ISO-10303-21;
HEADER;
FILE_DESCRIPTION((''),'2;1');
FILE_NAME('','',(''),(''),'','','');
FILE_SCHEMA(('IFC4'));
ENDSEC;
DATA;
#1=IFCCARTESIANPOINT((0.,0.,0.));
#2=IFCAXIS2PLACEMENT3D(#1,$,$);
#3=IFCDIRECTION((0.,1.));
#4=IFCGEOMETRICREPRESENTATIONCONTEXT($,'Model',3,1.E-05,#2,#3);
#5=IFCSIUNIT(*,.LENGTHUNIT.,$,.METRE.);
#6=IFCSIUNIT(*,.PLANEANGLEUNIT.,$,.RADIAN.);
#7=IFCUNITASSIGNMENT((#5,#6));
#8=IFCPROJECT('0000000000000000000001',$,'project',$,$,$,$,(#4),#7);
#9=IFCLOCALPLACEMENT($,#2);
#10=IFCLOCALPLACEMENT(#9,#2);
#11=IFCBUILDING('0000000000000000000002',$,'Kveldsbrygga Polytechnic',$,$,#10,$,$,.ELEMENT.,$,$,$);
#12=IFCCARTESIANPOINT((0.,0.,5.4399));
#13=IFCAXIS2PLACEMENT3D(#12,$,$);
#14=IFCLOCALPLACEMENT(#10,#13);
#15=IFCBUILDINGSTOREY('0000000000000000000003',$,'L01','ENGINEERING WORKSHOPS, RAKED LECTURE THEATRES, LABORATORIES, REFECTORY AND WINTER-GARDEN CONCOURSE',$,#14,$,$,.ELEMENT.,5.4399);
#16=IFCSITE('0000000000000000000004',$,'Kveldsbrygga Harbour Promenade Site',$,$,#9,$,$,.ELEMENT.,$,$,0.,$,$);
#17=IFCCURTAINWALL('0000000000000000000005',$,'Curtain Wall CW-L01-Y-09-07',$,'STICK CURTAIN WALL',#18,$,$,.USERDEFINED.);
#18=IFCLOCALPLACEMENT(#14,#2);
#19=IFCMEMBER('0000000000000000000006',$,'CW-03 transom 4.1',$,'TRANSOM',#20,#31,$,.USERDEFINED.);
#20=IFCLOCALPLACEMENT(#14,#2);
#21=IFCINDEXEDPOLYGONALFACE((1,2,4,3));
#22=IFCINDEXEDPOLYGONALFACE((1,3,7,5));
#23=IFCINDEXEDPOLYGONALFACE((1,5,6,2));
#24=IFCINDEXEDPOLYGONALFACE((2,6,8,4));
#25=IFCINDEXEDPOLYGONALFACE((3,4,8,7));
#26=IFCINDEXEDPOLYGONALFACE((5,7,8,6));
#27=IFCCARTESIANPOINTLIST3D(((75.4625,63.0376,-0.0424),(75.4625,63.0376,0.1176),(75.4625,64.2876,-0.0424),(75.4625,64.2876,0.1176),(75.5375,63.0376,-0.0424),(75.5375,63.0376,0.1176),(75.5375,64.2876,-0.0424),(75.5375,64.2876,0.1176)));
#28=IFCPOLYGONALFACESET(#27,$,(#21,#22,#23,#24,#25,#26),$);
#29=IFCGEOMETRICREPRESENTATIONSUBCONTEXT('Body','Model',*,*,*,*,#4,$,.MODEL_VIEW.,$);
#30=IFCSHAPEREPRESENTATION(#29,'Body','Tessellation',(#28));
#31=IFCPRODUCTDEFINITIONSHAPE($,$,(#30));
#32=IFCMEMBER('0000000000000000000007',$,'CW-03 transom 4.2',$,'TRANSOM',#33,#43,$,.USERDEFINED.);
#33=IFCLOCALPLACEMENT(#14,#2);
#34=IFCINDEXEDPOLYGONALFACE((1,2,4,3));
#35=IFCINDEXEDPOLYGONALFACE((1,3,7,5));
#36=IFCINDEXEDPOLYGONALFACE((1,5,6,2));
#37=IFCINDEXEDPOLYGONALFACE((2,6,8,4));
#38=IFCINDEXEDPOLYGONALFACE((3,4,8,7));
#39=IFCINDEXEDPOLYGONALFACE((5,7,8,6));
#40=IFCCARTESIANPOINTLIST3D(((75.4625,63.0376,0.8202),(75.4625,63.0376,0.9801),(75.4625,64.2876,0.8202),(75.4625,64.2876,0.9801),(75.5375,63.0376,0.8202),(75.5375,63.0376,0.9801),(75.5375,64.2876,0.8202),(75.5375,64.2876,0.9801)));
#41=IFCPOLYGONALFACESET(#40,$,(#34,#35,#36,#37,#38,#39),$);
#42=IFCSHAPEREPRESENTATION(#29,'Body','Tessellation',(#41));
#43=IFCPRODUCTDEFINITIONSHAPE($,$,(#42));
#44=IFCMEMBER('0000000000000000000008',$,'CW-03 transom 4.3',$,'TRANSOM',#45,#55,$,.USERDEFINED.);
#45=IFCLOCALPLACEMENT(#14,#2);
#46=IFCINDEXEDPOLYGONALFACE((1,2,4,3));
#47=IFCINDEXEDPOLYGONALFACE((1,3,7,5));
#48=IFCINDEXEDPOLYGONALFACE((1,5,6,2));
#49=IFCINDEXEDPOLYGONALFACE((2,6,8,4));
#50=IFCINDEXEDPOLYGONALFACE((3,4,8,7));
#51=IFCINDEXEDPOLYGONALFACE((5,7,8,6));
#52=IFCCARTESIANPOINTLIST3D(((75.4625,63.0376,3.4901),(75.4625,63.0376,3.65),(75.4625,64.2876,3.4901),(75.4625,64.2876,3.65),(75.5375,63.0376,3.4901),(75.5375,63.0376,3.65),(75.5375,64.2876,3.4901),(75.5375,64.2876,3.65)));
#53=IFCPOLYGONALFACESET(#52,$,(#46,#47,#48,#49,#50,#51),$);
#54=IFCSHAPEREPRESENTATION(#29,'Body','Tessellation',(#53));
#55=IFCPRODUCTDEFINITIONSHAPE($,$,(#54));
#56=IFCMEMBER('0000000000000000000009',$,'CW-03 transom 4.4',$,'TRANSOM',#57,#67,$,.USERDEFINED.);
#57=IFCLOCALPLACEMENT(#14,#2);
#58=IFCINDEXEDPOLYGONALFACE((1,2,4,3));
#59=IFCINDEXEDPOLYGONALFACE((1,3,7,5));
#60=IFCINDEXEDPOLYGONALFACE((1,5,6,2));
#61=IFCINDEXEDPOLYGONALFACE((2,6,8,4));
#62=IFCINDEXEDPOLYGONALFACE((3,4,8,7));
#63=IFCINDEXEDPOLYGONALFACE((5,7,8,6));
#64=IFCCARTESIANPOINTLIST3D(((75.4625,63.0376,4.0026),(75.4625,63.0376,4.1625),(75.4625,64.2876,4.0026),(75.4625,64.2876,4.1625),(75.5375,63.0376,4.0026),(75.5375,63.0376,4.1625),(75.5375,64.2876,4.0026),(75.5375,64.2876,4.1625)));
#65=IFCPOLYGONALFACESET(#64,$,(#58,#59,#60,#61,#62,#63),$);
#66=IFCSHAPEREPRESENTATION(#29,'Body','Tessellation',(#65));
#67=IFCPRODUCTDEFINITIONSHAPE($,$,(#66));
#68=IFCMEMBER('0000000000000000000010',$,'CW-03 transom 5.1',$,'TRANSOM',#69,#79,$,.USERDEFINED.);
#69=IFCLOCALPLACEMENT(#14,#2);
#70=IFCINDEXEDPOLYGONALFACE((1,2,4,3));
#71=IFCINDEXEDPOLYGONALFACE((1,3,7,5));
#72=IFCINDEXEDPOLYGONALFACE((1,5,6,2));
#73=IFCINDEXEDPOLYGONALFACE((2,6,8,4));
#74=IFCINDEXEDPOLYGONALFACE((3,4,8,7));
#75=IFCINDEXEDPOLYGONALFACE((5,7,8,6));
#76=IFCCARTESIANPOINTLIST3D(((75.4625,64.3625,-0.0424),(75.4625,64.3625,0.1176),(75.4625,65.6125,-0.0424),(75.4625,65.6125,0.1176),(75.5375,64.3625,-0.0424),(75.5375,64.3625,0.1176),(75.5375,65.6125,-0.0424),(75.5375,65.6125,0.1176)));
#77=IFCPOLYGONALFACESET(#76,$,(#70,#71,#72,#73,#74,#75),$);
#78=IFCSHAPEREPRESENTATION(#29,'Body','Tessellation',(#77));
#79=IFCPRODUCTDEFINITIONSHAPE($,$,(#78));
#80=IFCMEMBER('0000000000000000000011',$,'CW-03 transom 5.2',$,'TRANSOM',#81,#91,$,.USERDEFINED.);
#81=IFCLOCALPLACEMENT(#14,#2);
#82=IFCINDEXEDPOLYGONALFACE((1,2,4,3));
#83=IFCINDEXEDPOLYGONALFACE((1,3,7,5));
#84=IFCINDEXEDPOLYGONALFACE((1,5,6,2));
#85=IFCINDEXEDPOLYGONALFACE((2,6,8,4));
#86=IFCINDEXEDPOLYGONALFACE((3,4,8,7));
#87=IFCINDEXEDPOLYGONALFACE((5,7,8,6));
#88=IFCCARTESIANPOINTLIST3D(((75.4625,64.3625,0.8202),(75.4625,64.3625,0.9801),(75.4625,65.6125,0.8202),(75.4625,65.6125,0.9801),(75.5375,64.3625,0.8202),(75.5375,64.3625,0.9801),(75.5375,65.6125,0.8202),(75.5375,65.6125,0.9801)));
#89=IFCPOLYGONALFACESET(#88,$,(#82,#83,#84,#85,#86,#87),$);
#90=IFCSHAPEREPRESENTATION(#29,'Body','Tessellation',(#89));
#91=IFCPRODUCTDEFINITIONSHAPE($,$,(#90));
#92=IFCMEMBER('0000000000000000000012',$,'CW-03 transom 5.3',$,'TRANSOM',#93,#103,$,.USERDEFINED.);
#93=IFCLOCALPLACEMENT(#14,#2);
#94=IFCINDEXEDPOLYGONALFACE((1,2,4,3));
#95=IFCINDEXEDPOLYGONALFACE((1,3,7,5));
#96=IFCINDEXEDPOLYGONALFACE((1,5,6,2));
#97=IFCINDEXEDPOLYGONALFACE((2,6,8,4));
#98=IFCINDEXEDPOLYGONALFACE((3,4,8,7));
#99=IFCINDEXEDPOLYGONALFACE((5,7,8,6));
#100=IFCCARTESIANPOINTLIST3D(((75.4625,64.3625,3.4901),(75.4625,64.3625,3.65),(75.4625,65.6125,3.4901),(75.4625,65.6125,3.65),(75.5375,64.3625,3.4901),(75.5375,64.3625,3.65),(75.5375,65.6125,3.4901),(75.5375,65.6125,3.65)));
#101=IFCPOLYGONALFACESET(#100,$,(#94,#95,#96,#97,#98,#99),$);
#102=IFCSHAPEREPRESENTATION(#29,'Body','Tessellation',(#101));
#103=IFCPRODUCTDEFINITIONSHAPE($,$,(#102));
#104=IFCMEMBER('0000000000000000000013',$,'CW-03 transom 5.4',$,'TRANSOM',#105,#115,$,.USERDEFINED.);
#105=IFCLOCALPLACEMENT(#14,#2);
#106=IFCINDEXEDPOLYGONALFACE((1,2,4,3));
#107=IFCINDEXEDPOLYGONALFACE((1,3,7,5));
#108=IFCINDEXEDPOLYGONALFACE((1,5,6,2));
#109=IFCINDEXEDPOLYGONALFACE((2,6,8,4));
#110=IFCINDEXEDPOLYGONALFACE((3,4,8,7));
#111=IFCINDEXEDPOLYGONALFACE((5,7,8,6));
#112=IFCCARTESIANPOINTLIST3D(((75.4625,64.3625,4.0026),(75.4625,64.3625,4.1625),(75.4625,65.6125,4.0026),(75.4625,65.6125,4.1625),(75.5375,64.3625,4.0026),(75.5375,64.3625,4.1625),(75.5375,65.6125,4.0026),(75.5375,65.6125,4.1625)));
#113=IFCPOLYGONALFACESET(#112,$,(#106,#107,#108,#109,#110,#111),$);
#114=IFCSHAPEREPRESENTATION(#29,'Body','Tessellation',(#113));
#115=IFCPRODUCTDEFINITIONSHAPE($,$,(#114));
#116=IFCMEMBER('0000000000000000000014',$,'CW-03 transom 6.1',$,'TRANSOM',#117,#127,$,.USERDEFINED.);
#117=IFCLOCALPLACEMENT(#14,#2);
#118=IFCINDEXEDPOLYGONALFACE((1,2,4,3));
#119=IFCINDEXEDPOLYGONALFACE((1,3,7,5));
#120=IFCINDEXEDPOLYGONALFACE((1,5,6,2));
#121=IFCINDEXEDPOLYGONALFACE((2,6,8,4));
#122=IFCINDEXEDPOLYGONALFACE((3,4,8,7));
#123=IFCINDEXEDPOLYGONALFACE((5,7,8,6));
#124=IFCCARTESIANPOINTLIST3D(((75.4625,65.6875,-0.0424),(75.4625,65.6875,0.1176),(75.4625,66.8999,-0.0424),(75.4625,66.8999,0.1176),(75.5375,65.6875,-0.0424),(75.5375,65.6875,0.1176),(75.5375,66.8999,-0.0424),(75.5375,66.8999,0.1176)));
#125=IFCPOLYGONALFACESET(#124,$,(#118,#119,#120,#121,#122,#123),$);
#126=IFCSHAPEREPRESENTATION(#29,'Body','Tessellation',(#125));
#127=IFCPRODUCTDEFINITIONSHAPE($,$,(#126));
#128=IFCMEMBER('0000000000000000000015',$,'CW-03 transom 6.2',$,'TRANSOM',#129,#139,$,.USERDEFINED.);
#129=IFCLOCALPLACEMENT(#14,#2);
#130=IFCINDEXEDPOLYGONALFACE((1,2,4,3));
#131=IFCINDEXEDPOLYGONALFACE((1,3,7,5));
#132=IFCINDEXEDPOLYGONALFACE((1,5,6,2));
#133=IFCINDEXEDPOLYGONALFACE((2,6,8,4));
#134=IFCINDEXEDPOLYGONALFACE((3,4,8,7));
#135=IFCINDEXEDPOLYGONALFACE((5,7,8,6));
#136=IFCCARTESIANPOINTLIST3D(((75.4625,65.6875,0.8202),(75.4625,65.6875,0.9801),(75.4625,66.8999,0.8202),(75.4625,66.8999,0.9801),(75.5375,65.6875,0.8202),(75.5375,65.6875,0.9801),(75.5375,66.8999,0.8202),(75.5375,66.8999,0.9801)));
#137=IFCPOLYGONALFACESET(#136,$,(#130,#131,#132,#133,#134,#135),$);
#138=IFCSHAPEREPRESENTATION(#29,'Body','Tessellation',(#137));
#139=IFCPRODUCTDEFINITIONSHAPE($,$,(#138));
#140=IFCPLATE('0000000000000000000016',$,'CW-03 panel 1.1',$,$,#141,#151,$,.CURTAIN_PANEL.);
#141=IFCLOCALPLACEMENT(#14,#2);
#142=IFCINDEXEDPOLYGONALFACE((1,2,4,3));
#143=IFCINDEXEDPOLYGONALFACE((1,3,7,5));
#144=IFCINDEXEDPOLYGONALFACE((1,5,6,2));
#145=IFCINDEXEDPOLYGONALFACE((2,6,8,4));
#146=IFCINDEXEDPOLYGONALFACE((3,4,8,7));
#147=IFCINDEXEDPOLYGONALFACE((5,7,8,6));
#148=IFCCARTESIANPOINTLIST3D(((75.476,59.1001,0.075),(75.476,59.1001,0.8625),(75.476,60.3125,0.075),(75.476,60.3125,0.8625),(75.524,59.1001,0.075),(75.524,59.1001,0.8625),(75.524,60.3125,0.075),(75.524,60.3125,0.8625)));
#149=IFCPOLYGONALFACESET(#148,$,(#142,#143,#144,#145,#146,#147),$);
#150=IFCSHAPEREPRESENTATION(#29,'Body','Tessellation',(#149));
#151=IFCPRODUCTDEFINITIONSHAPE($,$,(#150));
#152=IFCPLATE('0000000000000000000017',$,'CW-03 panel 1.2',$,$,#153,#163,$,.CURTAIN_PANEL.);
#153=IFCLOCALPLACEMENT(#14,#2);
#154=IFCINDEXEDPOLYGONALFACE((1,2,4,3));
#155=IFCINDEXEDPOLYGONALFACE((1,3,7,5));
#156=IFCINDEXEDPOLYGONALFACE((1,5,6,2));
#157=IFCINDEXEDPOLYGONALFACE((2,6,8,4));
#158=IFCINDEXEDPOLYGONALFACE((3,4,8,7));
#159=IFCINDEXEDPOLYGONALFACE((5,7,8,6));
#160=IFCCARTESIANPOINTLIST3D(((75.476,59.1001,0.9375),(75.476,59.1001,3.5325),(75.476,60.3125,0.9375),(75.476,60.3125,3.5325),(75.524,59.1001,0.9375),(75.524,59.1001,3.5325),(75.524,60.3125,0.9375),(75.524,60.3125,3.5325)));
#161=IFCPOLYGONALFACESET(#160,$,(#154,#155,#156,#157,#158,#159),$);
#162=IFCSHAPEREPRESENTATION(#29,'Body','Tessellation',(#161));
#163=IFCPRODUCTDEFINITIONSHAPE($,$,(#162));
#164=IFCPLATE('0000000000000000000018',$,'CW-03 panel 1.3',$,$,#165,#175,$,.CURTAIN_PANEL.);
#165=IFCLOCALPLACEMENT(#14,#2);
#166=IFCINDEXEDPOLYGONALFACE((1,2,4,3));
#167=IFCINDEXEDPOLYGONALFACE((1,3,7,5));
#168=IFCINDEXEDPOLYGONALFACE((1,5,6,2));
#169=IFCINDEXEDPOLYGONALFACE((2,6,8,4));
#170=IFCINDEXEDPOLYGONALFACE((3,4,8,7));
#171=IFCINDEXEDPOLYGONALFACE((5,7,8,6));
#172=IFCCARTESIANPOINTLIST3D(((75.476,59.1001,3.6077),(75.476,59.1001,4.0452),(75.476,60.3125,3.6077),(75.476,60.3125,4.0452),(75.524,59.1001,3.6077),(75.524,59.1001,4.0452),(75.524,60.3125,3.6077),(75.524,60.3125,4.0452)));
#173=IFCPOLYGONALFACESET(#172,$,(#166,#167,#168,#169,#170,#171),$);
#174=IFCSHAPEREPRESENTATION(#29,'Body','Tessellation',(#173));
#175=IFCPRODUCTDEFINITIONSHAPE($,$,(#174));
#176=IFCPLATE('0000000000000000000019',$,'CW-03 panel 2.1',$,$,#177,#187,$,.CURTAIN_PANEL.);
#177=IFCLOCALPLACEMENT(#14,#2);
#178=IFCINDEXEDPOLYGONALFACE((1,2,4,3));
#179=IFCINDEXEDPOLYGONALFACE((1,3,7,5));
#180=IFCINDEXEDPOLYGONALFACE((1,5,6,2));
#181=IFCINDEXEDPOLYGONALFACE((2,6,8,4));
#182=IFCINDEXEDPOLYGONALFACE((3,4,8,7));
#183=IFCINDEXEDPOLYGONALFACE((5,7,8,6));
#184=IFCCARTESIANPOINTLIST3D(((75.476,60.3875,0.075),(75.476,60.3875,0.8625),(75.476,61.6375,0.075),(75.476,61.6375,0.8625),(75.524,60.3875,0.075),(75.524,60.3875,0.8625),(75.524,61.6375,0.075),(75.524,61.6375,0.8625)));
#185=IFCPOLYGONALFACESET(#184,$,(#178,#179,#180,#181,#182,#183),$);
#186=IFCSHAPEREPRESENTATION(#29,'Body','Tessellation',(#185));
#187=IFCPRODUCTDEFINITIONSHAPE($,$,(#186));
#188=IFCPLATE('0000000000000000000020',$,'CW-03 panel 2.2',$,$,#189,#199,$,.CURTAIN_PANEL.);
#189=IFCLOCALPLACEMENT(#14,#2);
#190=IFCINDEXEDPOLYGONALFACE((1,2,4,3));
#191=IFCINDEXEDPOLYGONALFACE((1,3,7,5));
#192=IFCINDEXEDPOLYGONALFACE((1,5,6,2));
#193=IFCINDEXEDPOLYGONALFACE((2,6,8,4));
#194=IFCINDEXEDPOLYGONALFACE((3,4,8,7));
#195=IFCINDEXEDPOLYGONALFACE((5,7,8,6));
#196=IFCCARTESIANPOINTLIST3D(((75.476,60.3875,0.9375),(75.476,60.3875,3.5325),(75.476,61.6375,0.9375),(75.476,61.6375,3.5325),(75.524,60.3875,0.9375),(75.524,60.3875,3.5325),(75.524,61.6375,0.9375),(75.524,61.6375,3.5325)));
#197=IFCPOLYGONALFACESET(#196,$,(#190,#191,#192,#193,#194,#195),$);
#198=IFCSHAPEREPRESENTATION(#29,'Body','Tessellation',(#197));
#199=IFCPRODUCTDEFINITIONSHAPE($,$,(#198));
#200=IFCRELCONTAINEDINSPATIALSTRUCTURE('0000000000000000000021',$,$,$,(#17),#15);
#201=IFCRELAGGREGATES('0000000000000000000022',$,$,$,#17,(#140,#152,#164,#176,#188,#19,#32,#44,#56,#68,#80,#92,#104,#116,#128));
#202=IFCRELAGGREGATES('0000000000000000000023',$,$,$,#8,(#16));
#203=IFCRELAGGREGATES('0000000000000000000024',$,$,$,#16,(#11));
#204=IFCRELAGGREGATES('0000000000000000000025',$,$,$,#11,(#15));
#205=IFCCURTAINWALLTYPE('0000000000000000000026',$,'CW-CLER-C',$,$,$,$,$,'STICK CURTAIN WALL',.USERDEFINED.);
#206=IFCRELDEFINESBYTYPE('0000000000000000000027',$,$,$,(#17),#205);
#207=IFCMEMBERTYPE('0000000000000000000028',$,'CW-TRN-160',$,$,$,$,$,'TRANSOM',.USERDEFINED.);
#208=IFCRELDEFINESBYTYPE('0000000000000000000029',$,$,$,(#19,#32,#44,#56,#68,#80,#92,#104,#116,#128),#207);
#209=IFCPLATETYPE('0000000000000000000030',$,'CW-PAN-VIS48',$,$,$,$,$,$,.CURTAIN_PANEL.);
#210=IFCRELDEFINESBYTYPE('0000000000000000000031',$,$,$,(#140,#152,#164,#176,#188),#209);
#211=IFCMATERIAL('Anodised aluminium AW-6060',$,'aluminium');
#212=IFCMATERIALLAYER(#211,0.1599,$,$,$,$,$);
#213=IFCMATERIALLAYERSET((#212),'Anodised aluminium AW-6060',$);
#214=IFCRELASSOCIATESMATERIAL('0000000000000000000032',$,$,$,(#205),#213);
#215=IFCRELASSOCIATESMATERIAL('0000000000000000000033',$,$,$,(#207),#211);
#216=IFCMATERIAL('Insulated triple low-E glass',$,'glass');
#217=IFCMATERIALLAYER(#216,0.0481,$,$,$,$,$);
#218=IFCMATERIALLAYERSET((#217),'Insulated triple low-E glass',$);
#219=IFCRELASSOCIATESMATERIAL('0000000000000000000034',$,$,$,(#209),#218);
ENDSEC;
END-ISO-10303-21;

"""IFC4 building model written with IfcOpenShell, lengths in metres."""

from ifc_helpers import new_model, si_unit, direction, frame, origin, origin_2d, place, context, subcontext, project, spatial, rectangle, extrude, material, layer, layer_set, material_profile, profile_set, type_object, element, aggregate, save


model = new_model("IFC4")

# Units and contexts
model_context = context("Model", 3, precision=1e-05, world=origin(), true_north=direction((0.0, 1.0)))
body_context = subcontext(model_context, "Body", "Model", "MODEL_VIEW")
ifc_project = project(units=[si_unit("LENGTHUNIT", "METRE"), si_unit("PLANEANGLEUNIT", "RADIAN")], contexts=[model_context])

# Site, building, storey
site_placement = place(None, origin())
site = spatial("IfcSite", under=ifc_project, at=site_placement, Name="Kveldsbrygga Harbour Promenade Site", CompositionType="ELEMENT", RefElevation=0.0)
building_placement = place(site_placement, origin())
building = spatial("IfcBuilding", under=site, at=building_placement, Name="Kveldsbrygga Polytechnic", CompositionType="ELEMENT")
storey_placement = place(building_placement, frame((0.0, 0.0, 5.4399)))
storey = spatial("IfcBuildingStorey", under=building, at=storey_placement, Name="L01", Description="ENGINEERING WORKSHOPS, RAKED LECTURE THEATRES, LABORATORIES, REFECTORY AND WINTER-GARDEN CONCOURSE", CompositionType="ELEMENT", Elevation=5.4399)

# Curtain wall, members, plates
ifc_material_1 = material(Name="Anodised aluminium AW-6060", Category="aluminium")
ifc_layer_1 = layer(ifc_material_1, 0.1599)
ifc_layer_set_1 = layer_set([ifc_layer_1], Name="Anodised aluminium AW-6060")
curtain_wall_type = type_object("IfcCurtainWallType", Name="CW-CLER-C", ElementType="STICK CURTAIN WALL", PredefinedType="USERDEFINED", material=ifc_layer_set_1)
curtain_wall_placement = place(storey_placement, origin())
curtain_wall = element("IfcCurtainWall", 1, at=curtain_wall_placement, inside=storey, type_object=curtain_wall_type, Name="Curtain Wall CW-L01-Y-09-07", ObjectType="STICK CURTAIN WALL", PredefinedType="USERDEFINED")
ifc_material_profile_1 = material_profile(ifc_material_1, rectangle(XDim=0.075, YDim=0.1599, at=origin_2d()), Name="ALU 75x160")
ifc_profile_set_1 = profile_set([ifc_material_profile_1], Name="Anodised aluminium AW-6060")
member_type_1 = type_object("IfcMemberType", Name="CW-TRN-160", ElementType="TRANSOM", PredefinedType="USERDEFINED", material=ifc_profile_set_1)
member_1_placement = place(storey_placement, frame((75.5, 63.0376, 0.0376), z_axis=(0.0, 1.0, 0.0), x_axis=(-1.0, 0.0, 0.0)))
member_1 = element("IfcMember", 2, at=member_1_placement, type_object=member_type_1, Name="CW-03 transom 4.1", ObjectType="TRANSOM", PredefinedType="USERDEFINED", context=body_context, shape_type="SweptSolid", body=[
    extrude(rectangle(XDim=0.075, YDim=0.1599, at=origin_2d()), origin(), (0.0, 0.0, 1.0), 1.25),
])
member_2_placement = place(storey_placement, frame((75.5, 63.0376, 0.9001), z_axis=(0.0, 1.0, 0.0), x_axis=(-1.0, 0.0, 0.0)))
member_2 = element("IfcMember", 3, at=member_2_placement, type_object=member_type_1, Name="CW-03 transom 4.2", ObjectType="TRANSOM", PredefinedType="USERDEFINED", context=body_context, shape_type="SweptSolid", body=[
    extrude(rectangle(XDim=0.075, YDim=0.1599, at=origin_2d()), origin(), (0.0, 0.0, 1.0), 1.25),
])
member_3_placement = place(storey_placement, frame((75.5, 63.0376, 3.5701), z_axis=(0.0, 1.0, 0.0), x_axis=(-1.0, 0.0, 0.0)))
member_3 = element("IfcMember", 4, at=member_3_placement, type_object=member_type_1, Name="CW-03 transom 4.3", ObjectType="TRANSOM", PredefinedType="USERDEFINED", context=body_context, shape_type="SweptSolid", body=[
    extrude(rectangle(XDim=0.075, YDim=0.1599, at=origin_2d()), origin(), (0.0, 0.0, 1.0), 1.25),
])
member_4_placement = place(storey_placement, frame((75.5, 63.0376, 4.0825), z_axis=(0.0, 1.0, 0.0), x_axis=(-1.0, 0.0, 0.0)))
member_4 = element("IfcMember", 5, at=member_4_placement, type_object=member_type_1, Name="CW-03 transom 4.4", ObjectType="TRANSOM", PredefinedType="USERDEFINED", context=body_context, shape_type="SweptSolid", body=[
    extrude(rectangle(XDim=0.075, YDim=0.1599, at=origin_2d()), origin(), (0.0, 0.0, 1.0), 1.25),
])
member_5_placement = place(storey_placement, frame((75.5, 64.3625, 0.0376), z_axis=(0.0, 1.0, 0.0), x_axis=(-1.0, 0.0, 0.0)))
member_5 = element("IfcMember", 6, at=member_5_placement, type_object=member_type_1, Name="CW-03 transom 5.1", ObjectType="TRANSOM", PredefinedType="USERDEFINED", context=body_context, shape_type="SweptSolid", body=[
    extrude(rectangle(XDim=0.075, YDim=0.1599, at=origin_2d()), origin(), (0.0, 0.0, 1.0), 1.25),
])
member_6_placement = place(storey_placement, frame((75.5, 64.3625, 0.9001), z_axis=(0.0, 1.0, 0.0), x_axis=(-1.0, 0.0, 0.0)))
member_6 = element("IfcMember", 7, at=member_6_placement, type_object=member_type_1, Name="CW-03 transom 5.2", ObjectType="TRANSOM", PredefinedType="USERDEFINED", context=body_context, shape_type="SweptSolid", body=[
    extrude(rectangle(XDim=0.075, YDim=0.1599, at=origin_2d()), origin(), (0.0, 0.0, 1.0), 1.25),
])
member_7_placement = place(storey_placement, frame((75.5, 64.3625, 3.5701), z_axis=(0.0, 1.0, 0.0), x_axis=(-1.0, 0.0, 0.0)))
member_7 = element("IfcMember", 8, at=member_7_placement, type_object=member_type_1, Name="CW-03 transom 5.3", ObjectType="TRANSOM", PredefinedType="USERDEFINED", context=body_context, shape_type="SweptSolid", body=[
    extrude(rectangle(XDim=0.075, YDim=0.1599, at=origin_2d()), origin(), (0.0, 0.0, 1.0), 1.25),
])
member_8_placement = place(storey_placement, frame((75.5, 64.3625, 4.0825), z_axis=(0.0, 1.0, 0.0), x_axis=(-1.0, 0.0, 0.0)))
member_8 = element("IfcMember", 9, at=member_8_placement, type_object=member_type_1, Name="CW-03 transom 5.4", ObjectType="TRANSOM", PredefinedType="USERDEFINED", context=body_context, shape_type="SweptSolid", body=[
    extrude(rectangle(XDim=0.075, YDim=0.1599, at=origin_2d()), origin(), (0.0, 0.0, 1.0), 1.25),
])
member_9_placement = place(storey_placement, frame((75.5, 65.6875, 0.0376), z_axis=(0.0, 1.0, 0.0), x_axis=(-1.0, 0.0, 0.0)))
member_9 = element("IfcMember", 10, at=member_9_placement, type_object=member_type_1, Name="CW-03 transom 6.1", ObjectType="TRANSOM", PredefinedType="USERDEFINED", context=body_context, shape_type="SweptSolid", body=[
    extrude(rectangle(XDim=0.075, YDim=0.1599, at=origin_2d()), origin(), (0.0, 0.0, 1.0), 1.2124),
])
member_10_placement = place(storey_placement, frame((75.5, 65.6875, 0.9001), z_axis=(0.0, 1.0, 0.0), x_axis=(-1.0, 0.0, 0.0)))
member_10 = element("IfcMember", 11, at=member_10_placement, type_object=member_type_1, Name="CW-03 transom 6.2", ObjectType="TRANSOM", PredefinedType="USERDEFINED", context=body_context, shape_type="SweptSolid", body=[
    extrude(rectangle(XDim=0.075, YDim=0.1599, at=origin_2d()), origin(), (0.0, 0.0, 1.0), 1.2124),
])
ifc_material_2 = material(Name="Insulated triple low-E glass", Category="glass")
ifc_layer_2 = layer(ifc_material_2, 0.0481)
ifc_layer_set_2 = layer_set([ifc_layer_2], Name="Insulated triple low-E glass")
plate_type = type_object("IfcPlateType", Name="CW-PAN-VIS48", PredefinedType="CURTAIN_PANEL", material=ifc_layer_set_2)
plate_1_placement = place(storey_placement, frame((75.5, 59.7063, 0.075), z_axis=(0.0, 0.0, 1.0), x_axis=(0.0, 1.0, 0.0)))
plate_1 = element("IfcPlate", 12, at=plate_1_placement, type_object=plate_type, Name="CW-03 panel 1.1", PredefinedType="CURTAIN_PANEL", context=body_context, shape_type="SweptSolid", body=[
    extrude(rectangle(XDim=1.2124, YDim=0.0481, at=origin_2d()), origin(), (0.0, 0.0, 1.0), 0.7876),
])
plate_2_placement = place(storey_placement, frame((75.5, 59.7063, 0.9375), z_axis=(0.0, 0.0, 1.0), x_axis=(0.0, 1.0, 0.0)))
plate_2 = element("IfcPlate", 13, at=plate_2_placement, type_object=plate_type, Name="CW-03 panel 1.2", PredefinedType="CURTAIN_PANEL", context=body_context, shape_type="SweptSolid", body=[
    extrude(rectangle(XDim=1.2124, YDim=0.0481, at=origin_2d()), origin(), (0.0, 0.0, 1.0), 2.595),
])
plate_3_placement = place(storey_placement, frame((75.5, 59.7063, 3.6077), z_axis=(0.0, 0.0, 1.0), x_axis=(0.0, 1.0, 0.0)))
plate_3 = element("IfcPlate", 14, at=plate_3_placement, type_object=plate_type, Name="CW-03 panel 1.3", PredefinedType="CURTAIN_PANEL", context=body_context, shape_type="SweptSolid", body=[
    extrude(rectangle(XDim=1.2124, YDim=0.0481, at=origin_2d()), origin(), (0.0, 0.0, 1.0), 0.4375),
])
plate_4_placement = place(storey_placement, frame((75.5, 61.0125, 0.075), z_axis=(0.0, 0.0, 1.0), x_axis=(0.0, 1.0, 0.0)))
plate_4 = element("IfcPlate", 15, at=plate_4_placement, type_object=plate_type, Name="CW-03 panel 2.1", PredefinedType="CURTAIN_PANEL", context=body_context, shape_type="SweptSolid", body=[
    extrude(rectangle(XDim=1.25, YDim=0.0481, at=origin_2d()), origin(), (0.0, 0.0, 1.0), 0.7876),
])
plate_5_placement = place(storey_placement, frame((75.5, 61.0125, 0.9375), z_axis=(0.0, 0.0, 1.0), x_axis=(0.0, 1.0, 0.0)))
plate_5 = element("IfcPlate", 16, at=plate_5_placement, type_object=plate_type, Name="CW-03 panel 2.2", PredefinedType="CURTAIN_PANEL", context=body_context, shape_type="SweptSolid", body=[
    extrude(rectangle(XDim=1.25, YDim=0.0481, at=origin_2d()), origin(), (0.0, 0.0, 1.0), 2.595),
])
aggregate(curtain_wall, [plate_1, plate_2, plate_3, plate_4, plate_5, member_1, member_2, member_3, member_4, member_5, member_6, member_7, member_8, member_9, member_10])

save(model, "model.ifc")
